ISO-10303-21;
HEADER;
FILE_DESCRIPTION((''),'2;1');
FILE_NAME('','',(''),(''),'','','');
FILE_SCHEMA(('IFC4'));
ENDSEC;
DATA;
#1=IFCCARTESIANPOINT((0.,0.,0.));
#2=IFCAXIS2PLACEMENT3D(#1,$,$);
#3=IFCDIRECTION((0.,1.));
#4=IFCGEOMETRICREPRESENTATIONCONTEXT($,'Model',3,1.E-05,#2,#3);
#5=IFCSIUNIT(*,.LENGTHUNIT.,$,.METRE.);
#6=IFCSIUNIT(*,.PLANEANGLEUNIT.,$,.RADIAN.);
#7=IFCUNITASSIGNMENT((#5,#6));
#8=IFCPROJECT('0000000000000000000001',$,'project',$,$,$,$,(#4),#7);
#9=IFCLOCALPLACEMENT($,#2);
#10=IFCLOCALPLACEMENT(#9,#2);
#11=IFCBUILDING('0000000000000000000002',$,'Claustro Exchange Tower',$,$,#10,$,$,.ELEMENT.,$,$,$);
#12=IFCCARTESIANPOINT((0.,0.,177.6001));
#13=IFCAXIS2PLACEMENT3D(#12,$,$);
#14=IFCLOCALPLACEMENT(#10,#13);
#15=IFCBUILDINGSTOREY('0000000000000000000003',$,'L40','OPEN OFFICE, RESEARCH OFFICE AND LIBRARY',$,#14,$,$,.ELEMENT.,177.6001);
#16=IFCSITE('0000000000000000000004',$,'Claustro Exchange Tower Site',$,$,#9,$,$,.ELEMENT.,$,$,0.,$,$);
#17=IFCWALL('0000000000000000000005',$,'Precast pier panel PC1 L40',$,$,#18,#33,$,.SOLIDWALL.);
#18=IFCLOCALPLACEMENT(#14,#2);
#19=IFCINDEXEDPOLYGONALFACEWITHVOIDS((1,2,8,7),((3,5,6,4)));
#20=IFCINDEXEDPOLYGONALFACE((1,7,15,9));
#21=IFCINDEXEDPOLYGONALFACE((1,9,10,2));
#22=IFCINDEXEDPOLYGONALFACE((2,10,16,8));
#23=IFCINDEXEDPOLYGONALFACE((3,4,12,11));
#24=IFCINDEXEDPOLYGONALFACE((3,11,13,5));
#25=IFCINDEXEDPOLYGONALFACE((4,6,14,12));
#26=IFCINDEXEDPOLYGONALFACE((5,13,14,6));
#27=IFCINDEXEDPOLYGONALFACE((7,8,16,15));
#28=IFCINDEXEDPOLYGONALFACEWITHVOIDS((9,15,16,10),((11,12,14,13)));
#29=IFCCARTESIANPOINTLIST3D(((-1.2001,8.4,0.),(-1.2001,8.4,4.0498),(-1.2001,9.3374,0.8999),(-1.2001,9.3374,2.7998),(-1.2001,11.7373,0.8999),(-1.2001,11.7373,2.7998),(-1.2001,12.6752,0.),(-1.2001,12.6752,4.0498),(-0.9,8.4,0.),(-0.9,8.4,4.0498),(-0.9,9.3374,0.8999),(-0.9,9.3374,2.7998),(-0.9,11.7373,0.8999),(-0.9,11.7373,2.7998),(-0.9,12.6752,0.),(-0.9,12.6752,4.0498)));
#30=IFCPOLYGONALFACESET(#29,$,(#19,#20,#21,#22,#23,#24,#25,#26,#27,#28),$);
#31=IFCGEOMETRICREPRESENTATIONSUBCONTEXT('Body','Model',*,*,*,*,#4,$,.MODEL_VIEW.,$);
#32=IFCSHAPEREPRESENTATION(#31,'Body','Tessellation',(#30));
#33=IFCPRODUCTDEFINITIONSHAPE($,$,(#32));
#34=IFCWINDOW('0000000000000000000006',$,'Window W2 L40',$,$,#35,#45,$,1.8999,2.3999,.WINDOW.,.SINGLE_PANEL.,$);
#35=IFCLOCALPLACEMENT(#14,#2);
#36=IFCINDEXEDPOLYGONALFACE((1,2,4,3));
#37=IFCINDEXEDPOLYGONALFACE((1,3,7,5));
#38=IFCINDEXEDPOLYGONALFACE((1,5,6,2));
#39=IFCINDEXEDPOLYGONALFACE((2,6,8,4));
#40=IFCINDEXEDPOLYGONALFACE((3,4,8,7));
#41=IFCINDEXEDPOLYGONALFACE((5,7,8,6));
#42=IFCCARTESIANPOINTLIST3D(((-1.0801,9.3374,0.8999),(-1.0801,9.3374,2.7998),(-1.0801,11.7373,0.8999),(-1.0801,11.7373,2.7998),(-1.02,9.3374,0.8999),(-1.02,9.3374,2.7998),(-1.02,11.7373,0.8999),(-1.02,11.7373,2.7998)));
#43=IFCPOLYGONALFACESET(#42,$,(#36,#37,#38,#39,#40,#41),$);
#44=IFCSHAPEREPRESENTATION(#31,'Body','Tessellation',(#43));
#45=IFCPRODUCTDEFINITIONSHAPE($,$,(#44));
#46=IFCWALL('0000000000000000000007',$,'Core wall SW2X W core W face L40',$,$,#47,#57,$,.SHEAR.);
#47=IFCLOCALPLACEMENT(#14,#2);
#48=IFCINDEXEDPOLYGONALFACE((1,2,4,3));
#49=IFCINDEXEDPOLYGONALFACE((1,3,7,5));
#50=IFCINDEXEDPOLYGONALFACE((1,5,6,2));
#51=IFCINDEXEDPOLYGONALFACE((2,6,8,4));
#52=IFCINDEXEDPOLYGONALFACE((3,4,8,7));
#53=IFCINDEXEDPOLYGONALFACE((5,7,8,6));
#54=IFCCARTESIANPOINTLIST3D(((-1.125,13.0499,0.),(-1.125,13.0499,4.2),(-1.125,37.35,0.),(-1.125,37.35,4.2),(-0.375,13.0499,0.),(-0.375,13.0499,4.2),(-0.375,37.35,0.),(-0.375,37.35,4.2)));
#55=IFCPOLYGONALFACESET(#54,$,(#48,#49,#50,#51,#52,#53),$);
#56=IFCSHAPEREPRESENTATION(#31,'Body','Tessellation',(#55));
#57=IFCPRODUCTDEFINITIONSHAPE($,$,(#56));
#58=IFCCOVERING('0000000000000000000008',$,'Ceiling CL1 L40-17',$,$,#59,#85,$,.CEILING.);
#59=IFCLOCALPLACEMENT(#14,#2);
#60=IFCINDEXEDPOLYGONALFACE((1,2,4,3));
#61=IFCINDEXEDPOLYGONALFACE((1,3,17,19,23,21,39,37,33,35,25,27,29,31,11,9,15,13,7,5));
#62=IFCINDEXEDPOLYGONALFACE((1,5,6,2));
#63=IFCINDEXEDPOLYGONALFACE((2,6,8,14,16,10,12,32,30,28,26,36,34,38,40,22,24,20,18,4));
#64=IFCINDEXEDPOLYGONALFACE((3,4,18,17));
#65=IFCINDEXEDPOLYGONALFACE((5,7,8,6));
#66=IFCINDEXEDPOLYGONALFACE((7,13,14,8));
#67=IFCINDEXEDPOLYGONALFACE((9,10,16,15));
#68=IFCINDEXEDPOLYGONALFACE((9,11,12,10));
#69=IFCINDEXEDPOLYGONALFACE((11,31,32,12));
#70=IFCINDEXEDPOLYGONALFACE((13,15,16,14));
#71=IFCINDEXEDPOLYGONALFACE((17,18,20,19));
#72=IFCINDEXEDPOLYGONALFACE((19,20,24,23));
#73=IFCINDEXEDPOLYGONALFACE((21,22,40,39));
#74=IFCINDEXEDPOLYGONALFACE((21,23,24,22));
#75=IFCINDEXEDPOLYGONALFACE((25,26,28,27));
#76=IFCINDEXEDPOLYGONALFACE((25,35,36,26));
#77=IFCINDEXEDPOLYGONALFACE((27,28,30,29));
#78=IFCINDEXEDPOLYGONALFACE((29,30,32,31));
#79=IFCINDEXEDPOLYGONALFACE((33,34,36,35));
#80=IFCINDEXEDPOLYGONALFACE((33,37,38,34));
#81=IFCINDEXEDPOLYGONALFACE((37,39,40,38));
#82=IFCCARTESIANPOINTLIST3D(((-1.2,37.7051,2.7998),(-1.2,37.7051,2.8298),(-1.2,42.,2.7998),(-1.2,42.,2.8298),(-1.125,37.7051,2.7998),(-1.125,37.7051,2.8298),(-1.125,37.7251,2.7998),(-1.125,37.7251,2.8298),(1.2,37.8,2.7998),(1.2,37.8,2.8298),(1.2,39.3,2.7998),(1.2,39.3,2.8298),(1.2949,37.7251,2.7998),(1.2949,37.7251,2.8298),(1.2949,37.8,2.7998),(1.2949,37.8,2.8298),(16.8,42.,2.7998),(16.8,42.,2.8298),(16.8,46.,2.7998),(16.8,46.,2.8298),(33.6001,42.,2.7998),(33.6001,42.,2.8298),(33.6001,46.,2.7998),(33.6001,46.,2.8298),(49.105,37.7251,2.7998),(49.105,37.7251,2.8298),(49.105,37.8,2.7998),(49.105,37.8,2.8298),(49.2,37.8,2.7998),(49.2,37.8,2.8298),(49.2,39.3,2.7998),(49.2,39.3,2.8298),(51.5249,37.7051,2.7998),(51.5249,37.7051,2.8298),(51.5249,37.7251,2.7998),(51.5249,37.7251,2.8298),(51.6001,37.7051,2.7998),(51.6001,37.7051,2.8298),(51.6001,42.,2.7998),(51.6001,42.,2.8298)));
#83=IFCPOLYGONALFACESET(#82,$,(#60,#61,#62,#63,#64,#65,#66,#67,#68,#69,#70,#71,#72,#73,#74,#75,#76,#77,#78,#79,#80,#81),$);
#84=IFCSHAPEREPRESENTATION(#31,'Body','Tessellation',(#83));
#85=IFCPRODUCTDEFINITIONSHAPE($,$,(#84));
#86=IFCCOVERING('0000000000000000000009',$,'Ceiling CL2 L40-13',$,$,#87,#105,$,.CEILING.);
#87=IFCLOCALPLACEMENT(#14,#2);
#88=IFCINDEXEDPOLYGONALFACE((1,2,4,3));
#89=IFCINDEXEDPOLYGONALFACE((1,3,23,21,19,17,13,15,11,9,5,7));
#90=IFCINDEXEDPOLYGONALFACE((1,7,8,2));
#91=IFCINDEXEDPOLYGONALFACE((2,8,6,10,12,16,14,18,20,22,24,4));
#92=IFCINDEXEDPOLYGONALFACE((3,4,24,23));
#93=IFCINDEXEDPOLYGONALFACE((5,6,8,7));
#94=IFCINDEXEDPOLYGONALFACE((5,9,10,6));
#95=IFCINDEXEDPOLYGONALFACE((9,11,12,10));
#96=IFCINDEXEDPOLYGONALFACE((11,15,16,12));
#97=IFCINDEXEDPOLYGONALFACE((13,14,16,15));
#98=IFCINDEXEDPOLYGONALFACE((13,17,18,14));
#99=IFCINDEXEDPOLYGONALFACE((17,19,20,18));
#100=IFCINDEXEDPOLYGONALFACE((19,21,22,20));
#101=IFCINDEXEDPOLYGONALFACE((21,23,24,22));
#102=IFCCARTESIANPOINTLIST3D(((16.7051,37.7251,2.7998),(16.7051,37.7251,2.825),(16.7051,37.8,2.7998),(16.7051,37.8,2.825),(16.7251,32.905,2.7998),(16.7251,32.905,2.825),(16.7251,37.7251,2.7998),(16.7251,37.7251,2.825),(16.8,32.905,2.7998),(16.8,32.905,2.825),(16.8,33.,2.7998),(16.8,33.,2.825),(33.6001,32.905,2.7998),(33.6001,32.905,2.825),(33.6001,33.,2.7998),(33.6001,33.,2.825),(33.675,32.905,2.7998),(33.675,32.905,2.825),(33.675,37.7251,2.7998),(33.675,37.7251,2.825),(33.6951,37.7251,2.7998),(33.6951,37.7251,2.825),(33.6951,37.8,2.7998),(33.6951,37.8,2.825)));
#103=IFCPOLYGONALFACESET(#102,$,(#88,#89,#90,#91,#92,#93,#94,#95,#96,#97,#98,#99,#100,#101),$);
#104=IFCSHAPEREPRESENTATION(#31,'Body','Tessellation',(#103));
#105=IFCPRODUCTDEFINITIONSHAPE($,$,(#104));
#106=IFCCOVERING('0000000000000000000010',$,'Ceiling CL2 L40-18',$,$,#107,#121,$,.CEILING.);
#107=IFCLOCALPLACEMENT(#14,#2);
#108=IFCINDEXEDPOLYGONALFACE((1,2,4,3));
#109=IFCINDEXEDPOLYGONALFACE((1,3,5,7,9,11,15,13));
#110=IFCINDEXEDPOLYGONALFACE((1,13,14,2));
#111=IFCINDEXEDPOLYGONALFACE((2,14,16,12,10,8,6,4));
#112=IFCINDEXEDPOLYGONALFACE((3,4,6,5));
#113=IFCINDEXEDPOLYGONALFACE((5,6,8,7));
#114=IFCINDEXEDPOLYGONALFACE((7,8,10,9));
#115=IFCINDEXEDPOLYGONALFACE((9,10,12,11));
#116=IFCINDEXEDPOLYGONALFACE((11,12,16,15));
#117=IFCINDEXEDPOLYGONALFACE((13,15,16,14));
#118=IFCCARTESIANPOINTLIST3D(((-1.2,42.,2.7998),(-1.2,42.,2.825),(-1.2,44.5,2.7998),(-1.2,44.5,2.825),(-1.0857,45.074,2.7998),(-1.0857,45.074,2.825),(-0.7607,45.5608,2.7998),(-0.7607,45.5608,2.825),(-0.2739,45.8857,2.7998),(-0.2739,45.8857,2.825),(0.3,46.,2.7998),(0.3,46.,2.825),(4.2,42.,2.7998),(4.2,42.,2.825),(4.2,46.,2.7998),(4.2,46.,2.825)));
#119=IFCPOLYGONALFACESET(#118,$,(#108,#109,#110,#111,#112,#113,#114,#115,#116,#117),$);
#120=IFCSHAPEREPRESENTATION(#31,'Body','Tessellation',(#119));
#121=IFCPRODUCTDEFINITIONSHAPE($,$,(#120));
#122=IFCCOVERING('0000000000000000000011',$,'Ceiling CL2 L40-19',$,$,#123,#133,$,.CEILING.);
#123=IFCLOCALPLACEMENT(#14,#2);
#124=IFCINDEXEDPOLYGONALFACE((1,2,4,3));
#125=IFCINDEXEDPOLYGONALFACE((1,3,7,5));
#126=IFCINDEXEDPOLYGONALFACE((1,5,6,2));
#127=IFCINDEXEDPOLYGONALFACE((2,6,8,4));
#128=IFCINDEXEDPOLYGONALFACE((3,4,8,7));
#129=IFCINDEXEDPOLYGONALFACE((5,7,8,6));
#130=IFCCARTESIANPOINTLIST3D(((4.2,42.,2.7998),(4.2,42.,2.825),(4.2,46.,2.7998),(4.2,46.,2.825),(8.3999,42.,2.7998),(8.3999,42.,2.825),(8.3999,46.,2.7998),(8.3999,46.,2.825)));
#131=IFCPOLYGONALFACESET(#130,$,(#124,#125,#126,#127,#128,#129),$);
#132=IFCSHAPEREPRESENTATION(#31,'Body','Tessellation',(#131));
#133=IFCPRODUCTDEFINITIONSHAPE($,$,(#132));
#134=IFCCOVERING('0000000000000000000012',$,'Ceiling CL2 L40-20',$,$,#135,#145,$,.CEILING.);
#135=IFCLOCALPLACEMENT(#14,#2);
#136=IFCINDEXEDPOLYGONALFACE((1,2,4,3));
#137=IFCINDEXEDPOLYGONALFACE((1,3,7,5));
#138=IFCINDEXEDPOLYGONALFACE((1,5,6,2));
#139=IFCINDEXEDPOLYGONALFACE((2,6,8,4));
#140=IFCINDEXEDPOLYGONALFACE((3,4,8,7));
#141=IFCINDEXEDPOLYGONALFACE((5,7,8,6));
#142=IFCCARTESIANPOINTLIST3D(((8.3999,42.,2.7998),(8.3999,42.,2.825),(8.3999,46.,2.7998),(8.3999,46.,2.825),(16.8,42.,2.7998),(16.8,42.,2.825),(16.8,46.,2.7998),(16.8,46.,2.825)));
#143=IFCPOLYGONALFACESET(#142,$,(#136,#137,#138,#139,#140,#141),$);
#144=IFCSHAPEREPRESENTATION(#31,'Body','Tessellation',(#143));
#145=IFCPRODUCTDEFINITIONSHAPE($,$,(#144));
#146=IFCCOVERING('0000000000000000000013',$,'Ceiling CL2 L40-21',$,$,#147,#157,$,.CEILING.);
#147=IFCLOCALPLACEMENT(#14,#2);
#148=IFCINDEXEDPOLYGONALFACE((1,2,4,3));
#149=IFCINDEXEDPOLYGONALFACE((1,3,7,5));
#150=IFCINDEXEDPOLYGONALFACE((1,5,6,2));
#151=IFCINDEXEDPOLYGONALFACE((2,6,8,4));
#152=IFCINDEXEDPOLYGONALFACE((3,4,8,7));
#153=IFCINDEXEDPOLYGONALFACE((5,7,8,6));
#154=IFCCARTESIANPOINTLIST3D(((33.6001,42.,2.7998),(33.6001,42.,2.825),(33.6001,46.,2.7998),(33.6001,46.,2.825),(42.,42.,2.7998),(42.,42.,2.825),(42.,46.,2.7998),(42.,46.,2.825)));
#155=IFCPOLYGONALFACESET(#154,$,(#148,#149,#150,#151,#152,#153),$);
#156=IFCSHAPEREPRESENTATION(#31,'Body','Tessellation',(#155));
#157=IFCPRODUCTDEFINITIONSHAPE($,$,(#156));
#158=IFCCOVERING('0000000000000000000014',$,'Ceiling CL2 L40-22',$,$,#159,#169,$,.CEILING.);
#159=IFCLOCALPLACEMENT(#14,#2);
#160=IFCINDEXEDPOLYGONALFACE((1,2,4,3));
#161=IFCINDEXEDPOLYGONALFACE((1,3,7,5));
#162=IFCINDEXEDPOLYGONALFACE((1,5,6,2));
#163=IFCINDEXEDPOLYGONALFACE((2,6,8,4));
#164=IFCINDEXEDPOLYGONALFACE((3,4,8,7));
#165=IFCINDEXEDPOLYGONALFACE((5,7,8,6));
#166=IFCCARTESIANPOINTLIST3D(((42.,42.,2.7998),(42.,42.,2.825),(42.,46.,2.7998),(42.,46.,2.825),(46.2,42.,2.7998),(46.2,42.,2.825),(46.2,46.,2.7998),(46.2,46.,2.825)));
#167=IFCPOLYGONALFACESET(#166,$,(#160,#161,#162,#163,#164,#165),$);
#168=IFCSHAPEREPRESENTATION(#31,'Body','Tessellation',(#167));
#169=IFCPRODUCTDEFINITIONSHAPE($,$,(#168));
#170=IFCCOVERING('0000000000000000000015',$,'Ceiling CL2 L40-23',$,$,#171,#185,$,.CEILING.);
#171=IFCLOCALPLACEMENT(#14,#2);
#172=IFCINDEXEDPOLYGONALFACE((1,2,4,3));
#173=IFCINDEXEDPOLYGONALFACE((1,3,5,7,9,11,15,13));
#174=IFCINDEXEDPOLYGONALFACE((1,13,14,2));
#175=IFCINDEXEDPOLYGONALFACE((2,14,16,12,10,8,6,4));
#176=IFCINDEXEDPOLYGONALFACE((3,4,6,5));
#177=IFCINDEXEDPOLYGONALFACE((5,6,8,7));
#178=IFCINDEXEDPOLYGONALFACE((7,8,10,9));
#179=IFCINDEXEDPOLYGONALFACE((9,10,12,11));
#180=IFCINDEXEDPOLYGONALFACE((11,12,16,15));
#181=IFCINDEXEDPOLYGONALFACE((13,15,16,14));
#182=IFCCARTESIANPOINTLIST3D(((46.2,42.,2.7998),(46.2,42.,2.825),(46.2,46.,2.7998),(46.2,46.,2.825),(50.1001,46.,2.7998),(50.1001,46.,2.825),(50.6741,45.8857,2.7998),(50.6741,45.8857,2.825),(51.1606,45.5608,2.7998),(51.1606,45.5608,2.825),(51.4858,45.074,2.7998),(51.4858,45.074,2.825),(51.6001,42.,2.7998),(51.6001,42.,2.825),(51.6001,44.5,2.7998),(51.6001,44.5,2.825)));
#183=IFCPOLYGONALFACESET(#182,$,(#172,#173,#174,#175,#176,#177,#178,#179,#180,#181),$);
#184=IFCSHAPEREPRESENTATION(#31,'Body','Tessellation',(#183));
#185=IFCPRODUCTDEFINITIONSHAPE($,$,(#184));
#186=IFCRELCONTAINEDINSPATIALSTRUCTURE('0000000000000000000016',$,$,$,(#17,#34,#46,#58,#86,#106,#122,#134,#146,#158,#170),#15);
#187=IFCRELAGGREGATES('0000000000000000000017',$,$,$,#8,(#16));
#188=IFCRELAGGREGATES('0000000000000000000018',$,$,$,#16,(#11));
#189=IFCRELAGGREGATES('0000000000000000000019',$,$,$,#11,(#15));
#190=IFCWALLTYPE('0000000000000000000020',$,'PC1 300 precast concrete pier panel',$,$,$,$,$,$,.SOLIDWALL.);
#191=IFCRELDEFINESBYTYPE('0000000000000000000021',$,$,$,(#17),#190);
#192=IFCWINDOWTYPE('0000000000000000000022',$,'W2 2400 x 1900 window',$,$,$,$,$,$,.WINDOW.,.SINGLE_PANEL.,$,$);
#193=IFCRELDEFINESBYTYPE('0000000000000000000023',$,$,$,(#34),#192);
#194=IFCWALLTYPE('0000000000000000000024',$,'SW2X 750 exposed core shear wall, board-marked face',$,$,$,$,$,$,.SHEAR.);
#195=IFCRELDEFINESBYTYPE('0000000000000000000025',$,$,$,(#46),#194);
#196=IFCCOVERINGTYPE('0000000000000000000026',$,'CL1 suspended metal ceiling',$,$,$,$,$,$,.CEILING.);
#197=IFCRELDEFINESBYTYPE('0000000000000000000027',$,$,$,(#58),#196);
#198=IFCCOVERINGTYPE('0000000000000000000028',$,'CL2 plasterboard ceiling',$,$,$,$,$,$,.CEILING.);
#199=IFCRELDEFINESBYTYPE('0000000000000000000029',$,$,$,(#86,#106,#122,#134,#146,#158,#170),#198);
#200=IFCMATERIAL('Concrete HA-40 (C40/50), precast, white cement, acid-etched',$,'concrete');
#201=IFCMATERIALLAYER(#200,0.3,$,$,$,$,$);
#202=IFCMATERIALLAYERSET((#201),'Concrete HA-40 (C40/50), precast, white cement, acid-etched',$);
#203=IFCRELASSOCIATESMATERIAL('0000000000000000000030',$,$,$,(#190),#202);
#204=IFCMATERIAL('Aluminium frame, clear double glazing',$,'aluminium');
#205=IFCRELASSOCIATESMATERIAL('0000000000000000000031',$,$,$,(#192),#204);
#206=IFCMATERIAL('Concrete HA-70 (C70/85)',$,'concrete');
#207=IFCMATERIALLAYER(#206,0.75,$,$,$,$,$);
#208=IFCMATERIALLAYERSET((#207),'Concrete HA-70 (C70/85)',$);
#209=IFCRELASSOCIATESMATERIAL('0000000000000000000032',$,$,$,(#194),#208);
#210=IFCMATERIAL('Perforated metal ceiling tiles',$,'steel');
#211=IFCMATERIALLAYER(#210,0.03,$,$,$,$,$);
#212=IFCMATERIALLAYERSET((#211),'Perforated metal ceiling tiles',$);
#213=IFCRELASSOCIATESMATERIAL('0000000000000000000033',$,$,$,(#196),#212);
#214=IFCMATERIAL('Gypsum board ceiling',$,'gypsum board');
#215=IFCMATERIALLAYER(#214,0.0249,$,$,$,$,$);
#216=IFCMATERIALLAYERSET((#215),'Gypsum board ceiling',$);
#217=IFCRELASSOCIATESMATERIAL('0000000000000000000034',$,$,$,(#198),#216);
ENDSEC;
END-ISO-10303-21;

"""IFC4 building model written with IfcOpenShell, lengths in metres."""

from ifc_helpers import new_model, si_unit, direction, frame, frame_2d, origin, place, context, subcontext, project, spatial, polyline, rectangle, outline, extrude, material, layer, layer_set, type_object, element, fill, save


model = new_model("IFC4")

# Units and contexts
model_context = context("Model", 3, precision=1e-05, world=origin(), true_north=direction((0.0, 1.0)))
body_context = subcontext(model_context, "Body", "Model", "MODEL_VIEW")
ifc_project = project(units=[si_unit("LENGTHUNIT", "METRE"), si_unit("PLANEANGLEUNIT", "RADIAN")], contexts=[model_context])

# Site, building, storey
site_placement = place(None, origin())
site = spatial("IfcSite", under=ifc_project, at=site_placement, Name="Claustro Exchange Tower Site", CompositionType="ELEMENT", RefElevation=0.0)
building_placement = place(site_placement, origin())
building = spatial("IfcBuilding", under=site, at=building_placement, Name="Claustro Exchange Tower", CompositionType="ELEMENT")
storey_placement = place(building_placement, frame((0.0, 0.0, 177.6001)))
storey = spatial("IfcBuildingStorey", under=building, at=storey_placement, Name="L40", Description="OPEN OFFICE, RESEARCH OFFICE AND LIBRARY", CompositionType="ELEMENT", Elevation=177.6001)

# Shared definitions
ifc_material_1 = material(Name="Concrete HA-40 (C40/50), precast, white cement, acid-etched", Category="concrete")
ifc_layer_1 = layer(ifc_material_1, 0.3)
ifc_layer_set_1 = layer_set([ifc_layer_1], Name="Concrete HA-40 (C40/50), precast, white cement, acid-etched")
wall_type_1 = type_object("IfcWallType", Name="PC1 300 precast concrete pier panel", PredefinedType="SOLIDWALL", material=ifc_layer_set_1)

# Wall, opening, window
wall_1_placement = place(storey_placement, frame((-1.05, 8.3999, 0.0), z_axis=(0.0, 0.0, 1.0), x_axis=(0.0, 1.0, 0.0)))
wall_1 = element("IfcWall", 1, at=wall_1_placement, inside=storey, type_object=wall_type_1, Name="Precast pier panel PC1 L40", PredefinedType="SOLIDWALL", context=body_context, shape_type="SweptSolid", body=[
    extrude(rectangle(XDim=4.2751, YDim=0.3, at=frame_2d((2.1377, 0.0))), origin(), (0.0, 0.0, 1.0), 4.0498),
])
opening_1_placement = place(wall_1_placement, frame((0.9375, 0.0, 0.8999)))
opening_1 = element("IfcOpeningElement", 2, at=opening_1_placement, cuts=wall_1, PredefinedType="OPENING", context=body_context, shape_type="SweptSolid", body=[
    extrude(rectangle(XDim=2.3999, YDim=1.8999, at=frame_2d((1.2, 0.95))), frame((0.0, 0.1599, 0.0), z_axis=(0.0, -1.0, 0.0), x_axis=(1.0, 0.0, 0.0)), (0.0, 0.0, 1.0), 0.3201),
])
ifc_material_2 = material(Name="Aluminium frame, clear double glazing", Category="aluminium")
window_type = type_object("IfcWindowType", Name="W2 2400 x 1900 window", PartitioningType="SINGLE_PANEL", PredefinedType="WINDOW", material=ifc_material_2)
window_placement = place(opening_1_placement, origin())
window = element("IfcWindow", 3, at=window_placement, inside=storey, type_object=window_type, Name="Window W2 L40", OverallHeight=1.8999, OverallWidth=2.3999, PartitioningType="SINGLE_PANEL", PredefinedType="WINDOW", context=body_context, shape_type="SweptSolid", body=[
    extrude(rectangle(XDim=2.3999, YDim=1.8999, at=frame_2d((1.2, 0.95))), frame((0.0, 0.03, 0.0), z_axis=(0.0, -1.0, 0.0), x_axis=(1.0, 0.0, 0.0)), (0.0, 0.0, 1.0), 0.0601),
])
fill(opening_1, window)

# Wall
ifc_material_3 = material(Name="Concrete HA-70 (C70/85)", Category="concrete")
ifc_layer_2 = layer(ifc_material_3, 0.75)
ifc_layer_set_2 = layer_set([ifc_layer_2], Name="Concrete HA-70 (C70/85)")
wall_type_2 = type_object("IfcWallType", Name="SW2X 750 exposed core shear wall, board-marked face", PredefinedType="SHEAR", material=ifc_layer_set_2)
wall_2_placement = place(storey_placement, frame((-0.75, 13.05, 0.0), z_axis=(0.0, 0.0, 1.0), x_axis=(0.0, 1.0, 0.0)))
element("IfcWall", 4, at=wall_2_placement, inside=storey, type_object=wall_type_2, Name="Core wall SW2X W core W face L40", PredefinedType="SHEAR", context=body_context, shape_type="SweptSolid", body=[
    extrude(rectangle(XDim=24.3, YDim=0.75, at=frame_2d((12.1499, 0.0))), origin(), (0.0, 0.0, 1.0), 4.2),
])

# Coverings
ifc_material_4 = material(Name="Perforated metal ceiling tiles", Category="steel")
ifc_layer_3 = layer(ifc_material_4, 0.03)
ifc_layer_set_3 = layer_set([ifc_layer_3], Name="Perforated metal ceiling tiles")
covering_type_1 = type_object("IfcCoveringType", Name="CL1 suspended metal ceiling", PredefinedType="CEILING", material=ifc_layer_set_3)
covering_1_placement = place(storey_placement, frame((0.0, 0.0, 2.7998)))
element("IfcCovering", 5, at=covering_1_placement, inside=storey, type_object=covering_type_1, Name="Ceiling CL1 L40-17", PredefinedType="CEILING", context=body_context, shape_type="SweptSolid", body=[
    extrude(outline(polyline([(-1.125, 37.7251), (1.2949, 37.7251), (1.2949, 37.8), (1.2, 37.8), (1.2, 39.3), (49.2, 39.3), (49.2, 37.8), (49.105, 37.8), (49.105, 37.7251), (51.5249, 37.7251), (51.5249, 37.7051), (51.6001, 37.7051), (51.6001, 42.0), (33.6001, 42.0), (33.6001, 46.0), (16.8, 46.0), (16.8, 42.0), (-1.2, 42.0), (-1.2, 37.7051), (-1.125, 37.7051), (-1.125, 37.7251)])), origin(), (0.0, 0.0, 1.0), 0.03),
])
ifc_material_5 = material(Name="Gypsum board ceiling", Category="gypsum board")
ifc_layer_4 = layer(ifc_material_5, 0.0249)
ifc_layer_set_4 = layer_set([ifc_layer_4], Name="Gypsum board ceiling")
covering_type_2 = type_object("IfcCoveringType", Name="CL2 plasterboard ceiling", PredefinedType="CEILING", material=ifc_layer_set_4)
covering_2_placement = place(storey_placement, frame((0.0, 0.0, 2.7998)))
element("IfcCovering", 6, at=covering_2_placement, inside=storey, type_object=covering_type_2, Name="Ceiling CL2 L40-13", PredefinedType="CEILING", context=body_context, shape_type="SweptSolid", body=[
    extrude(outline(polyline([(16.7251, 37.7251), (16.7251, 32.905), (16.8, 32.905), (16.8, 33.0), (33.6001, 33.0), (33.6001, 32.905), (33.675, 32.905), (33.675, 37.7251), (33.6951, 37.7251), (33.6951, 37.8), (16.7051, 37.8), (16.7051, 37.7251), (16.7251, 37.7251)])), origin(), (0.0, 0.0, 1.0), 0.0251),
])
covering_3_placement = place(storey_placement, frame((0.0, 0.0, 2.7998)))
element("IfcCovering", 7, at=covering_3_placement, inside=storey, type_object=covering_type_2, Name="Ceiling CL2 L40-18", PredefinedType="CEILING", context=body_context, shape_type="SweptSolid", body=[
    extrude(outline(polyline([(-1.2, 44.5), (-1.2, 42.0), (4.2, 42.0), (4.2, 46.0), (0.3, 46.0), (-0.2739, 45.8857), (-0.7607, 45.5608), (-1.0857, 45.074), (-1.2, 44.5)])), origin(), (0.0, 0.0, 1.0), 0.0251),
])
covering_4_placement = place(storey_placement, frame((0.0, 0.0, 2.7998)))
element("IfcCovering", 8, at=covering_4_placement, inside=storey, type_object=covering_type_2, Name="Ceiling CL2 L40-19", PredefinedType="CEILING", context=body_context, shape_type="SweptSolid", body=[
    extrude(outline(polyline([(8.3999, 46.0), (4.2, 46.0), (4.2, 42.0), (8.3999, 42.0), (8.3999, 46.0)])), origin(), (0.0, 0.0, 1.0), 0.0251),
])
covering_5_placement = place(storey_placement, frame((0.0, 0.0, 2.7998)))
element("IfcCovering", 9, at=covering_5_placement, inside=storey, type_object=covering_type_2, Name="Ceiling CL2 L40-20", PredefinedType="CEILING", context=body_context, shape_type="SweptSolid", body=[
    extrude(outline(polyline([(16.8, 46.0), (8.3999, 46.0), (8.3999, 42.0), (16.8, 42.0), (16.8, 46.0)])), origin(), (0.0, 0.0, 1.0), 0.0251),
])
covering_6_placement = place(storey_placement, frame((0.0, 0.0, 2.7998)))
element("IfcCovering", 10, at=covering_6_placement, inside=storey, type_object=covering_type_2, Name="Ceiling CL2 L40-21", PredefinedType="CEILING", context=body_context, shape_type="SweptSolid", body=[
    extrude(outline(polyline([(42.0, 46.0), (33.6001, 46.0), (33.6001, 42.0), (42.0, 42.0), (42.0, 46.0)])), origin(), (0.0, 0.0, 1.0), 0.0251),
])
covering_7_placement = place(storey_placement, frame((0.0, 0.0, 2.7998)))
element("IfcCovering", 11, at=covering_7_placement, inside=storey, type_object=covering_type_2, Name="Ceiling CL2 L40-22", PredefinedType="CEILING", context=body_context, shape_type="SweptSolid", body=[
    extrude(outline(polyline([(46.2, 46.0), (42.0, 46.0), (42.0, 42.0), (46.2, 42.0), (46.2, 46.0)])), origin(), (0.0, 0.0, 1.0), 0.0251),
])
covering_8_placement = place(storey_placement, frame((0.0, 0.0, 2.7998)))
element("IfcCovering", 12, at=covering_8_placement, inside=storey, type_object=covering_type_2, Name="Ceiling CL2 L40-23", PredefinedType="CEILING", context=body_context, shape_type="SweptSolid", body=[
    extrude(outline(polyline([(50.1001, 46.0), (46.2, 46.0), (46.2, 42.0), (51.6001, 42.0), (51.6001, 44.5), (51.4858, 45.074), (51.1606, 45.5608), (50.6741, 45.8857), (50.1001, 46.0)])), origin(), (0.0, 0.0, 1.0), 0.0251),
])

save(model, "model.ifc")
